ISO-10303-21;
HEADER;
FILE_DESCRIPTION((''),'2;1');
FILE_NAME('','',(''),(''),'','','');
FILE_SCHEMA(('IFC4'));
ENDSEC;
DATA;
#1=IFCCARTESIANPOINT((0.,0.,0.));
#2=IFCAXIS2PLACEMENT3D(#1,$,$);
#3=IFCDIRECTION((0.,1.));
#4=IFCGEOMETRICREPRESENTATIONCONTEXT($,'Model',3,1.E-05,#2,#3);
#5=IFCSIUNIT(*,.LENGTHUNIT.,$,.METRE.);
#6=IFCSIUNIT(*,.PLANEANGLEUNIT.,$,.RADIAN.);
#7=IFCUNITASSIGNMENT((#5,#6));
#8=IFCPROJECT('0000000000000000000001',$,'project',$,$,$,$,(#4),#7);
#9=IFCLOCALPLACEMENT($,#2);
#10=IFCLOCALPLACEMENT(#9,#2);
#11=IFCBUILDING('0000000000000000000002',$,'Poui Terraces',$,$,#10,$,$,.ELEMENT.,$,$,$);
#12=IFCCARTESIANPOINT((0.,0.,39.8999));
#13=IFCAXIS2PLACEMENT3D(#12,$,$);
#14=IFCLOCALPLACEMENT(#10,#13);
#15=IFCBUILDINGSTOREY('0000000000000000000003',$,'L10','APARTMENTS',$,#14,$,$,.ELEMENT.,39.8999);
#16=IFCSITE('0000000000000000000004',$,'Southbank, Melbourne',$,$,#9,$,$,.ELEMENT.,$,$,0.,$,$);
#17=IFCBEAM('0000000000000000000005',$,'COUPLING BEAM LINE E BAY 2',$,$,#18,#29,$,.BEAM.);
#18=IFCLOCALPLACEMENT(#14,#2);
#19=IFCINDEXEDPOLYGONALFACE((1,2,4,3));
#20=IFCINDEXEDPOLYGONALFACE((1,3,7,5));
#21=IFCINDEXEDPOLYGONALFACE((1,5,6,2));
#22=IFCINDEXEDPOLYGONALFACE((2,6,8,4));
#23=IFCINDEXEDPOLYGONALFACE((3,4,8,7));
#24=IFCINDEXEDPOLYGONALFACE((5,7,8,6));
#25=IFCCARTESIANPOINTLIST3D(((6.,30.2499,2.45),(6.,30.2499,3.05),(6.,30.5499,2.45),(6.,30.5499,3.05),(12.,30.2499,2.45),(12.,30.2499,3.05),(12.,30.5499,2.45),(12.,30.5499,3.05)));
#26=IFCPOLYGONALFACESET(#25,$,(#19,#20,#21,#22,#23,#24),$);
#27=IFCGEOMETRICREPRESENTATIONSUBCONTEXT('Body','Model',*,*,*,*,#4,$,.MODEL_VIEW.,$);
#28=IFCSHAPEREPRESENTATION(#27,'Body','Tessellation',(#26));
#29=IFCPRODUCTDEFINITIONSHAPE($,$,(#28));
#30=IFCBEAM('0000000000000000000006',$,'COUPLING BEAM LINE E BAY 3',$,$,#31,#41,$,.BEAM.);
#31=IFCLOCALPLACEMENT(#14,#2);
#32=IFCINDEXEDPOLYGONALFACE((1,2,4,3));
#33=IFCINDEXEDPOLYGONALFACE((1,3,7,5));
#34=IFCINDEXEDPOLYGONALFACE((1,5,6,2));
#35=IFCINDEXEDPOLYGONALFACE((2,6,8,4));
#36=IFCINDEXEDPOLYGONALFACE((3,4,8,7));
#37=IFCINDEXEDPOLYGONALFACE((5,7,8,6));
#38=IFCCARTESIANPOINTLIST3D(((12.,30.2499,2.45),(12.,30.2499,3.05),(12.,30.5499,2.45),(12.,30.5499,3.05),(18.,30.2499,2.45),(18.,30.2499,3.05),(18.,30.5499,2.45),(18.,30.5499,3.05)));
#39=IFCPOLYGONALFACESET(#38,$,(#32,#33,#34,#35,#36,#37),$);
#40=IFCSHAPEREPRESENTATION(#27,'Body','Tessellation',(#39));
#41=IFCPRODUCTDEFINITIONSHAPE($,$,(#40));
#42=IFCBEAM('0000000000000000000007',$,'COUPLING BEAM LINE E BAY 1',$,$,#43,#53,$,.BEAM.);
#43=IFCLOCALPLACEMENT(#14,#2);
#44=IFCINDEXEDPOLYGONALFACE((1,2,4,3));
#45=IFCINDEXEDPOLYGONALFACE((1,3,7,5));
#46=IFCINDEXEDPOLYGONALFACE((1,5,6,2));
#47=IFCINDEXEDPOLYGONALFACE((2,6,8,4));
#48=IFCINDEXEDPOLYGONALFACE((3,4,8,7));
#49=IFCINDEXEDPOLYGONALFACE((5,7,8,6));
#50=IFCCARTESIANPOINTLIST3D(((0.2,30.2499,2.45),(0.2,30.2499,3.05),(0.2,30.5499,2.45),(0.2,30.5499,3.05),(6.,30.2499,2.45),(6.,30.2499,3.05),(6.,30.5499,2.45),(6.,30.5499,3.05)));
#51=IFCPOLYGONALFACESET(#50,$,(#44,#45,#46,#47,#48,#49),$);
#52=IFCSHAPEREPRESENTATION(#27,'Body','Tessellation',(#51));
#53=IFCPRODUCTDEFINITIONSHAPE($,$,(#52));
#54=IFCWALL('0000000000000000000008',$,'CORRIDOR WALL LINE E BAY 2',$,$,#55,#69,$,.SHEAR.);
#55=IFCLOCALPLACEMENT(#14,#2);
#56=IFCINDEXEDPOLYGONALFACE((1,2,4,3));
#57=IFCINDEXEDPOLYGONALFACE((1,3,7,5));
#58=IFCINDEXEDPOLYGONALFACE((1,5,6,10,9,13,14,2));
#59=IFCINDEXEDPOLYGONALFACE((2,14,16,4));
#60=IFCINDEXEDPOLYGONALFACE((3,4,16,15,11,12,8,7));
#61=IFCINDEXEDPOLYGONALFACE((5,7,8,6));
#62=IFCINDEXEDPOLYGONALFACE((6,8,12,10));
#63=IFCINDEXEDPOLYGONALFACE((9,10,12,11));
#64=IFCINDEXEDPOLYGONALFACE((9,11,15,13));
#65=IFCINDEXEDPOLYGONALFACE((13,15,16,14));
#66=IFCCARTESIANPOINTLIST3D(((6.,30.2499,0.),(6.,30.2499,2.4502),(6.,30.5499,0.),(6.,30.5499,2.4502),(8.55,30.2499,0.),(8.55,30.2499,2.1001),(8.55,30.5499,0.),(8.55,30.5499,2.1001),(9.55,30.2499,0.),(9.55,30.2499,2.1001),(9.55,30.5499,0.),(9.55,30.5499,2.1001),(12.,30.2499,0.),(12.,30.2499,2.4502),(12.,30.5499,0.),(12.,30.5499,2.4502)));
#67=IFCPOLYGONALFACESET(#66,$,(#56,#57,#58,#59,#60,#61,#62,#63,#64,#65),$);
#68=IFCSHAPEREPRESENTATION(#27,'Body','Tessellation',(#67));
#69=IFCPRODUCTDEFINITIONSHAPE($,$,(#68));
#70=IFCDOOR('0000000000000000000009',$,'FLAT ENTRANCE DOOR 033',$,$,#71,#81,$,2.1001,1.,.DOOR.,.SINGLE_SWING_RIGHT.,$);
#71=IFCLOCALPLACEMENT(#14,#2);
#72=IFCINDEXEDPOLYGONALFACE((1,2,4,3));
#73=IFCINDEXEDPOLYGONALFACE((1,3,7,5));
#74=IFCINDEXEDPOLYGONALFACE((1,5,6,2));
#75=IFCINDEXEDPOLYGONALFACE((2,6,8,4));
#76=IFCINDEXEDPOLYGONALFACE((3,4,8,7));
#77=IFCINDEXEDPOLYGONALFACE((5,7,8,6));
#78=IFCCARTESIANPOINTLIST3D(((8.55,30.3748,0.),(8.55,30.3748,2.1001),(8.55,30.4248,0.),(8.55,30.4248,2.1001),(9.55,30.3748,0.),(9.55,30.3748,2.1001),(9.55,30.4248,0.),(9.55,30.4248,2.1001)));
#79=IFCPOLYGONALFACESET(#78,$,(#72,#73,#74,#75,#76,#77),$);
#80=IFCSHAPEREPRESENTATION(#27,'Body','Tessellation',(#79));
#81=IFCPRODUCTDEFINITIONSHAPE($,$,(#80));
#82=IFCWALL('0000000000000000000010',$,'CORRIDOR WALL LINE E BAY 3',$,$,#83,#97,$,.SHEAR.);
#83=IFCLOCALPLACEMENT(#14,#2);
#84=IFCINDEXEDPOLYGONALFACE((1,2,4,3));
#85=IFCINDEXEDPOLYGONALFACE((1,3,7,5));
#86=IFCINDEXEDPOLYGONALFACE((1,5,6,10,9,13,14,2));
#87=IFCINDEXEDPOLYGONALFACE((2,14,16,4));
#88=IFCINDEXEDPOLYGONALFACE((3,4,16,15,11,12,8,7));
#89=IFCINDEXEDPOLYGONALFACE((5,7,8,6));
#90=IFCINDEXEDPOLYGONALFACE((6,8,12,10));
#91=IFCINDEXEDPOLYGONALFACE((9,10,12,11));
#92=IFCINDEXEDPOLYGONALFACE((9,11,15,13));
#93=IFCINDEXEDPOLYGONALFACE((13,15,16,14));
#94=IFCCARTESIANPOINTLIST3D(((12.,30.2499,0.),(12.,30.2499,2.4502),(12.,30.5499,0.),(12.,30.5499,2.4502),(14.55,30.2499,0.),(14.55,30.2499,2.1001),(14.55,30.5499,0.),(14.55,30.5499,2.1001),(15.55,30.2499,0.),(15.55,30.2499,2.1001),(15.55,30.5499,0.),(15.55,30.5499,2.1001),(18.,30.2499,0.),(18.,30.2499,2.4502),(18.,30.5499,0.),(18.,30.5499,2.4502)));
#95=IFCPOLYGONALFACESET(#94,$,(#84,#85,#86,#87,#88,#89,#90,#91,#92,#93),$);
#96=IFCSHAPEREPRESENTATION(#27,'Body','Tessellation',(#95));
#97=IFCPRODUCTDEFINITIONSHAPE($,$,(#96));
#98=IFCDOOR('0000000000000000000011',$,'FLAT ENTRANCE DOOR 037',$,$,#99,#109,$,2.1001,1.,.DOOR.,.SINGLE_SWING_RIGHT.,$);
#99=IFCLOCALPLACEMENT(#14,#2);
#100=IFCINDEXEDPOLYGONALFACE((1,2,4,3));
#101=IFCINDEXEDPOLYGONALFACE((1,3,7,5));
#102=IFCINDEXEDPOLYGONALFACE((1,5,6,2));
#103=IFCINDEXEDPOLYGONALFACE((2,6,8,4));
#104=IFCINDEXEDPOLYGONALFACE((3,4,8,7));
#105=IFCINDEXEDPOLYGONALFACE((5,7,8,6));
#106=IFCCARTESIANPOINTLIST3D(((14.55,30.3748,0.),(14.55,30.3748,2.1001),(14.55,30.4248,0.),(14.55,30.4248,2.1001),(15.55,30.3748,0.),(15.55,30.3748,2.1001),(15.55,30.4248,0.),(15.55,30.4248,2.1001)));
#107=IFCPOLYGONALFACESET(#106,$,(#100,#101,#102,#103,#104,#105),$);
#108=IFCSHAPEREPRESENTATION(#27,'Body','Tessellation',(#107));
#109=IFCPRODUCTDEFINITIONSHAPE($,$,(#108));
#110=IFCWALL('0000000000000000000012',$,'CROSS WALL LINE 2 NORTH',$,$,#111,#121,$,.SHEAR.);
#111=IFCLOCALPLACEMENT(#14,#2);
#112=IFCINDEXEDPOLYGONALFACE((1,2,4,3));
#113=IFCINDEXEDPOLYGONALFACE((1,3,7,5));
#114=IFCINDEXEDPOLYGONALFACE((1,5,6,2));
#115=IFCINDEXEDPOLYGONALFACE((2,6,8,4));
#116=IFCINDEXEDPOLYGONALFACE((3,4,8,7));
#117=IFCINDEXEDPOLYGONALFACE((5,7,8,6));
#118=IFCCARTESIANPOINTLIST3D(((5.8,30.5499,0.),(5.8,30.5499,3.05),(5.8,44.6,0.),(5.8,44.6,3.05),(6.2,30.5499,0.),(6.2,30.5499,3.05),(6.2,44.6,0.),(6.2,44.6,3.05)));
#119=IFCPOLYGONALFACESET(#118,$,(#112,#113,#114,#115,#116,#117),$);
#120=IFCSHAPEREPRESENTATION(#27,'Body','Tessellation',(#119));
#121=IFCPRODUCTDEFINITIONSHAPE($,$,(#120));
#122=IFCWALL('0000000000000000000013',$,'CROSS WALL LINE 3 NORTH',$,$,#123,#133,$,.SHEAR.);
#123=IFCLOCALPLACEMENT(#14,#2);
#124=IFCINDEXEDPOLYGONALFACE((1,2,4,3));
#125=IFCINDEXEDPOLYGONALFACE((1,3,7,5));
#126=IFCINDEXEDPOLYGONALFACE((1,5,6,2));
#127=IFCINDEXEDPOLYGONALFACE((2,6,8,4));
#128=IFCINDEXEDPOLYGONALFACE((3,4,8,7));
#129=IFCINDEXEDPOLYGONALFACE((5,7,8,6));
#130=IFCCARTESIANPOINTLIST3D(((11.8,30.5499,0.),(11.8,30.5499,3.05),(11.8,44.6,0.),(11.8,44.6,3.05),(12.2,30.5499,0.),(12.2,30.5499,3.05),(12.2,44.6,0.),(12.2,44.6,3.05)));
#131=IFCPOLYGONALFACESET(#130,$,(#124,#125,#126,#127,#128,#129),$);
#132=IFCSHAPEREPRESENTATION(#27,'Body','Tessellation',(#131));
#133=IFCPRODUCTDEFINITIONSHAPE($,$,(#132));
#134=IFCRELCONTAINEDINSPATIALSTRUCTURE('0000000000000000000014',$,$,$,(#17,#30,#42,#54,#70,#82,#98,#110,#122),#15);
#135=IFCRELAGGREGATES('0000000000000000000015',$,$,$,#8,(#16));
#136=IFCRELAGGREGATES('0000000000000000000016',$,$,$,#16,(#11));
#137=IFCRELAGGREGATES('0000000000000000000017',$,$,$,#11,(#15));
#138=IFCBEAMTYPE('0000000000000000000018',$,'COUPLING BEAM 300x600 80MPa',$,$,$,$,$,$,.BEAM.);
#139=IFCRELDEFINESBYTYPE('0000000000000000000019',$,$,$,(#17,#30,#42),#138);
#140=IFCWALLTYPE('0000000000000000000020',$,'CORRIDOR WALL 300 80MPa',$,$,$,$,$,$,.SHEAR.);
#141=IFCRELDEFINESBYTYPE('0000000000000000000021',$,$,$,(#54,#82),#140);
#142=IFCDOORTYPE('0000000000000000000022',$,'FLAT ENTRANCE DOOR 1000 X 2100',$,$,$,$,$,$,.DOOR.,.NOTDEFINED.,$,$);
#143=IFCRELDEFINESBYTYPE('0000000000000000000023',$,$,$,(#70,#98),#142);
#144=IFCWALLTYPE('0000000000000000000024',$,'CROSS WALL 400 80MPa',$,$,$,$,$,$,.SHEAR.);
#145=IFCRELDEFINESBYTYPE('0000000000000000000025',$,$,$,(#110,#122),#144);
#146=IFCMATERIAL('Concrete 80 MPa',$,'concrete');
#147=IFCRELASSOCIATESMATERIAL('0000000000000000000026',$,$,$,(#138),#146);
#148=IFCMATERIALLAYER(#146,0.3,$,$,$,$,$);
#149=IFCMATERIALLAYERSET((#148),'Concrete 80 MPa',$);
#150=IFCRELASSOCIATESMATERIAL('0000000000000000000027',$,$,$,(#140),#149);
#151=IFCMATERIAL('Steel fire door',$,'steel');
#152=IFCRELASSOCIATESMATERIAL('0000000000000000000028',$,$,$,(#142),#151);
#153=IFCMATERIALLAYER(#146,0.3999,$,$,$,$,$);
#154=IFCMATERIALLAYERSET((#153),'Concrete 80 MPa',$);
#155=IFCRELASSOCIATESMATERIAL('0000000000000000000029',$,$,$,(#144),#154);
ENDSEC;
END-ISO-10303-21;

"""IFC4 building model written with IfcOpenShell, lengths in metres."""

from ifc_helpers import new_model, si_unit, direction, frame, frame_2d, origin, origin_2d, place, context, subcontext, project, spatial, rectangle, extrude, source, transform, mapped, material, layer, layer_set, material_profile, profile_set, type_object, element, fill, save


model = new_model("IFC4")

# Units and contexts
model_context = context("Model", 3, precision=1e-05, world=origin(), true_north=direction((0.0, 1.0)))
body_context = subcontext(model_context, "Body", "Model", "MODEL_VIEW")
ifc_project = project(units=[si_unit("LENGTHUNIT", "METRE"), si_unit("PLANEANGLEUNIT", "RADIAN")], contexts=[model_context])

# Site, building, storey
site_placement = place(None, origin())
site = spatial("IfcSite", under=ifc_project, at=site_placement, Name="Southbank, Melbourne", CompositionType="ELEMENT", RefElevation=0.0)
building_placement = place(site_placement, origin())
building = spatial("IfcBuilding", under=site, at=building_placement, Name="Poui Terraces", CompositionType="ELEMENT")
storey_placement = place(building_placement, frame((0.0, 0.0, 39.8999)))
storey = spatial("IfcBuildingStorey", under=building, at=storey_placement, Name="L10", Description="APARTMENTS", CompositionType="ELEMENT", Elevation=39.8999)

# Beams
ifc_material_1 = material(Name="Concrete 80 MPa", Category="concrete")
ifc_material_profile = material_profile(ifc_material_1, rectangle(XDim=0.3, YDim=0.6001, at=origin_2d()), Name="RC 300x600")
ifc_profile_set = profile_set([ifc_material_profile], Name="Concrete 80 MPa")
beam_type = type_object("IfcBeamType", Name="COUPLING BEAM 300x600 80MPa", PredefinedType="BEAM", material=ifc_profile_set)
shared_shape_1 = source(origin(), body_context, "Body", "SweptSolid", [
    extrude(rectangle(XDim=0.3, YDim=0.6001, at=origin_2d()), origin(), (0.0, 0.0, 1.0), 6.0),
])
for number, where, z_axis, x_axis, name in (
    (1, (6.0, 30.3999, 2.75), (1.0, 0.0, 0.0), (0.0, 1.0, 0.0), "COUPLING BEAM LINE E BAY 2"),
    (2, (12.0, 30.3999, 2.75), (1.0, 0.0, 0.0), (0.0, 1.0, 0.0), "COUPLING BEAM LINE E BAY 3"),
):
    element("IfcBeam", number, at=place(storey_placement, frame(where, z_axis=z_axis, x_axis=x_axis)), inside=storey, type_object=beam_type, Name=name, PredefinedType="BEAM", context=body_context, shape_type="MappedRepresentation", body=[
        mapped(shared_shape_1, transform((0.0, 0.0, 0.0))),
    ])
shared_shape_2 = source(origin(), body_context, "Body", "SweptSolid", [
    extrude(rectangle(XDim=0.3, YDim=0.6001, at=origin_2d()), origin(), (0.0, 0.0, 1.0), 5.8),
])
beam_placement = place(storey_placement, frame((0.2, 30.3999, 2.75), z_axis=(1.0, 0.0, 0.0), x_axis=(0.0, 1.0, 0.0)))
element("IfcBeam", 3, at=beam_placement, inside=storey, type_object=beam_type, Name="COUPLING BEAM LINE E BAY 1", PredefinedType="BEAM", context=body_context, shape_type="MappedRepresentation", body=[
    mapped(shared_shape_2, transform((0.0, 0.0, 0.0))),
])

# Walls, openings, doors
ifc_layer_1 = layer(ifc_material_1, 0.3)
ifc_layer_set_1 = layer_set([ifc_layer_1], Name="Concrete 80 MPa")
wall_type_1 = type_object("IfcWallType", Name="CORRIDOR WALL 300 80MPa", PredefinedType="SHEAR", material=ifc_layer_set_1)
wall_1_placement = place(storey_placement, frame((6.0, 30.3999, 0.0), z_axis=(0.0, 0.0, 1.0), x_axis=(1.0, 0.0, 0.0)))
wall_1 = element("IfcWall", 4, at=wall_1_placement, inside=storey, type_object=wall_type_1, Name="CORRIDOR WALL LINE E BAY 2", PredefinedType="SHEAR", context=body_context, shape_type="SweptSolid", body=[
    extrude(rectangle(XDim=6.0, YDim=0.3, at=frame_2d((3.0, 0.0))), origin(), (0.0, 0.0, 1.0), 2.4502),
])
opening_1_placement = place(wall_1_placement, frame((2.55, 0.0, 0.0)))
opening_1 = element("IfcOpeningElement", 5, at=opening_1_placement, cuts=wall_1, PredefinedType="OPENING", context=body_context, shape_type="SweptSolid", body=[
    extrude(rectangle(XDim=1.0, YDim=2.1001, at=frame_2d((0.5, 1.05))), frame((0.0, 0.1602, 0.0), z_axis=(0.0, -1.0, 0.0), x_axis=(1.0, 0.0, 0.0)), (0.0, 0.0, 1.0), 0.3201),
])
ifc_material_2 = material(Name="Steel fire door", Category="steel")
door_type = type_object("IfcDoorType", Name="FLAT ENTRANCE DOOR 1000 X 2100", OperationType="NOTDEFINED", PredefinedType="DOOR", material=ifc_material_2)
door_1_placement = place(opening_1_placement, origin())
door_1 = element("IfcDoor", 6, at=door_1_placement, inside=storey, type_object=door_type, Name="FLAT ENTRANCE DOOR 033", OperationType="SINGLE_SWING_RIGHT", OverallHeight=2.1001, OverallWidth=1.0, PredefinedType="DOOR", context=body_context, shape_type="SweptSolid", body=[
    extrude(rectangle(XDim=1.0, YDim=2.1001, at=frame_2d((0.5, 1.05))), frame((0.0, 0.0249, 0.0), z_axis=(0.0, -1.0, 0.0), x_axis=(1.0, 0.0, 0.0)), (0.0, 0.0, 1.0), 0.05),
])
fill(opening_1, door_1)
wall_2_placement = place(storey_placement, frame((12.0, 30.3999, 0.0), z_axis=(0.0, 0.0, 1.0), x_axis=(1.0, 0.0, 0.0)))
wall_2 = element("IfcWall", 7, at=wall_2_placement, inside=storey, type_object=wall_type_1, Name="CORRIDOR WALL LINE E BAY 3", PredefinedType="SHEAR", context=body_context, shape_type="SweptSolid", body=[
    extrude(rectangle(XDim=6.0, YDim=0.3, at=frame_2d((3.0, 0.0))), origin(), (0.0, 0.0, 1.0), 2.4502),
])
opening_2_placement = place(wall_2_placement, frame((2.55, 0.0, 0.0)))
opening_2 = element("IfcOpeningElement", 8, at=opening_2_placement, cuts=wall_2, PredefinedType="OPENING", context=body_context, shape_type="SweptSolid", body=[
    extrude(rectangle(XDim=1.0, YDim=2.1001, at=frame_2d((0.5, 1.05))), frame((0.0, 0.1602, 0.0), z_axis=(0.0, -1.0, 0.0), x_axis=(1.0, 0.0, 0.0)), (0.0, 0.0, 1.0), 0.3201),
])
door_2_placement = place(opening_2_placement, origin())
door_2 = element("IfcDoor", 9, at=door_2_placement, inside=storey, type_object=door_type, Name="FLAT ENTRANCE DOOR 037", OperationType="SINGLE_SWING_RIGHT", OverallHeight=2.1001, OverallWidth=1.0, PredefinedType="DOOR", context=body_context, shape_type="SweptSolid", body=[
    extrude(rectangle(XDim=1.0, YDim=2.1001, at=frame_2d((0.5, 1.05))), frame((0.0, 0.0249, 0.0), z_axis=(0.0, -1.0, 0.0), x_axis=(1.0, 0.0, 0.0)), (0.0, 0.0, 1.0), 0.05),
])
fill(opening_2, door_2)

# Walls
ifc_layer_2 = layer(ifc_material_1, 0.3999)
ifc_layer_set_2 = layer_set([ifc_layer_2], Name="Concrete 80 MPa")
wall_type_2 = type_object("IfcWallType", Name="CROSS WALL 400 80MPa", PredefinedType="SHEAR", material=ifc_layer_set_2)
for number, where, z_axis, x_axis, name in (
    (10, (6.0, 30.55, 0.0), (0.0, 0.0, 1.0), (0.0, 1.0, 0.0), "CROSS WALL LINE 2 NORTH"),
    (11, (12.0, 30.55, 0.0), (0.0, 0.0, 1.0), (0.0, 1.0, 0.0), "CROSS WALL LINE 3 NORTH"),
):
    element("IfcWall", number, at=place(storey_placement, frame(where, z_axis=z_axis, x_axis=x_axis)), inside=storey, type_object=wall_type_2, Name=name, PredefinedType="SHEAR", context=body_context, shape_type="SweptSolid", body=[
        extrude(rectangle(XDim=14.05, YDim=0.3999, at=frame_2d((7.0249, 0.0))), origin(), (0.0, 0.0, 1.0), 3.05),
    ])

save(model, "model.ifc")
